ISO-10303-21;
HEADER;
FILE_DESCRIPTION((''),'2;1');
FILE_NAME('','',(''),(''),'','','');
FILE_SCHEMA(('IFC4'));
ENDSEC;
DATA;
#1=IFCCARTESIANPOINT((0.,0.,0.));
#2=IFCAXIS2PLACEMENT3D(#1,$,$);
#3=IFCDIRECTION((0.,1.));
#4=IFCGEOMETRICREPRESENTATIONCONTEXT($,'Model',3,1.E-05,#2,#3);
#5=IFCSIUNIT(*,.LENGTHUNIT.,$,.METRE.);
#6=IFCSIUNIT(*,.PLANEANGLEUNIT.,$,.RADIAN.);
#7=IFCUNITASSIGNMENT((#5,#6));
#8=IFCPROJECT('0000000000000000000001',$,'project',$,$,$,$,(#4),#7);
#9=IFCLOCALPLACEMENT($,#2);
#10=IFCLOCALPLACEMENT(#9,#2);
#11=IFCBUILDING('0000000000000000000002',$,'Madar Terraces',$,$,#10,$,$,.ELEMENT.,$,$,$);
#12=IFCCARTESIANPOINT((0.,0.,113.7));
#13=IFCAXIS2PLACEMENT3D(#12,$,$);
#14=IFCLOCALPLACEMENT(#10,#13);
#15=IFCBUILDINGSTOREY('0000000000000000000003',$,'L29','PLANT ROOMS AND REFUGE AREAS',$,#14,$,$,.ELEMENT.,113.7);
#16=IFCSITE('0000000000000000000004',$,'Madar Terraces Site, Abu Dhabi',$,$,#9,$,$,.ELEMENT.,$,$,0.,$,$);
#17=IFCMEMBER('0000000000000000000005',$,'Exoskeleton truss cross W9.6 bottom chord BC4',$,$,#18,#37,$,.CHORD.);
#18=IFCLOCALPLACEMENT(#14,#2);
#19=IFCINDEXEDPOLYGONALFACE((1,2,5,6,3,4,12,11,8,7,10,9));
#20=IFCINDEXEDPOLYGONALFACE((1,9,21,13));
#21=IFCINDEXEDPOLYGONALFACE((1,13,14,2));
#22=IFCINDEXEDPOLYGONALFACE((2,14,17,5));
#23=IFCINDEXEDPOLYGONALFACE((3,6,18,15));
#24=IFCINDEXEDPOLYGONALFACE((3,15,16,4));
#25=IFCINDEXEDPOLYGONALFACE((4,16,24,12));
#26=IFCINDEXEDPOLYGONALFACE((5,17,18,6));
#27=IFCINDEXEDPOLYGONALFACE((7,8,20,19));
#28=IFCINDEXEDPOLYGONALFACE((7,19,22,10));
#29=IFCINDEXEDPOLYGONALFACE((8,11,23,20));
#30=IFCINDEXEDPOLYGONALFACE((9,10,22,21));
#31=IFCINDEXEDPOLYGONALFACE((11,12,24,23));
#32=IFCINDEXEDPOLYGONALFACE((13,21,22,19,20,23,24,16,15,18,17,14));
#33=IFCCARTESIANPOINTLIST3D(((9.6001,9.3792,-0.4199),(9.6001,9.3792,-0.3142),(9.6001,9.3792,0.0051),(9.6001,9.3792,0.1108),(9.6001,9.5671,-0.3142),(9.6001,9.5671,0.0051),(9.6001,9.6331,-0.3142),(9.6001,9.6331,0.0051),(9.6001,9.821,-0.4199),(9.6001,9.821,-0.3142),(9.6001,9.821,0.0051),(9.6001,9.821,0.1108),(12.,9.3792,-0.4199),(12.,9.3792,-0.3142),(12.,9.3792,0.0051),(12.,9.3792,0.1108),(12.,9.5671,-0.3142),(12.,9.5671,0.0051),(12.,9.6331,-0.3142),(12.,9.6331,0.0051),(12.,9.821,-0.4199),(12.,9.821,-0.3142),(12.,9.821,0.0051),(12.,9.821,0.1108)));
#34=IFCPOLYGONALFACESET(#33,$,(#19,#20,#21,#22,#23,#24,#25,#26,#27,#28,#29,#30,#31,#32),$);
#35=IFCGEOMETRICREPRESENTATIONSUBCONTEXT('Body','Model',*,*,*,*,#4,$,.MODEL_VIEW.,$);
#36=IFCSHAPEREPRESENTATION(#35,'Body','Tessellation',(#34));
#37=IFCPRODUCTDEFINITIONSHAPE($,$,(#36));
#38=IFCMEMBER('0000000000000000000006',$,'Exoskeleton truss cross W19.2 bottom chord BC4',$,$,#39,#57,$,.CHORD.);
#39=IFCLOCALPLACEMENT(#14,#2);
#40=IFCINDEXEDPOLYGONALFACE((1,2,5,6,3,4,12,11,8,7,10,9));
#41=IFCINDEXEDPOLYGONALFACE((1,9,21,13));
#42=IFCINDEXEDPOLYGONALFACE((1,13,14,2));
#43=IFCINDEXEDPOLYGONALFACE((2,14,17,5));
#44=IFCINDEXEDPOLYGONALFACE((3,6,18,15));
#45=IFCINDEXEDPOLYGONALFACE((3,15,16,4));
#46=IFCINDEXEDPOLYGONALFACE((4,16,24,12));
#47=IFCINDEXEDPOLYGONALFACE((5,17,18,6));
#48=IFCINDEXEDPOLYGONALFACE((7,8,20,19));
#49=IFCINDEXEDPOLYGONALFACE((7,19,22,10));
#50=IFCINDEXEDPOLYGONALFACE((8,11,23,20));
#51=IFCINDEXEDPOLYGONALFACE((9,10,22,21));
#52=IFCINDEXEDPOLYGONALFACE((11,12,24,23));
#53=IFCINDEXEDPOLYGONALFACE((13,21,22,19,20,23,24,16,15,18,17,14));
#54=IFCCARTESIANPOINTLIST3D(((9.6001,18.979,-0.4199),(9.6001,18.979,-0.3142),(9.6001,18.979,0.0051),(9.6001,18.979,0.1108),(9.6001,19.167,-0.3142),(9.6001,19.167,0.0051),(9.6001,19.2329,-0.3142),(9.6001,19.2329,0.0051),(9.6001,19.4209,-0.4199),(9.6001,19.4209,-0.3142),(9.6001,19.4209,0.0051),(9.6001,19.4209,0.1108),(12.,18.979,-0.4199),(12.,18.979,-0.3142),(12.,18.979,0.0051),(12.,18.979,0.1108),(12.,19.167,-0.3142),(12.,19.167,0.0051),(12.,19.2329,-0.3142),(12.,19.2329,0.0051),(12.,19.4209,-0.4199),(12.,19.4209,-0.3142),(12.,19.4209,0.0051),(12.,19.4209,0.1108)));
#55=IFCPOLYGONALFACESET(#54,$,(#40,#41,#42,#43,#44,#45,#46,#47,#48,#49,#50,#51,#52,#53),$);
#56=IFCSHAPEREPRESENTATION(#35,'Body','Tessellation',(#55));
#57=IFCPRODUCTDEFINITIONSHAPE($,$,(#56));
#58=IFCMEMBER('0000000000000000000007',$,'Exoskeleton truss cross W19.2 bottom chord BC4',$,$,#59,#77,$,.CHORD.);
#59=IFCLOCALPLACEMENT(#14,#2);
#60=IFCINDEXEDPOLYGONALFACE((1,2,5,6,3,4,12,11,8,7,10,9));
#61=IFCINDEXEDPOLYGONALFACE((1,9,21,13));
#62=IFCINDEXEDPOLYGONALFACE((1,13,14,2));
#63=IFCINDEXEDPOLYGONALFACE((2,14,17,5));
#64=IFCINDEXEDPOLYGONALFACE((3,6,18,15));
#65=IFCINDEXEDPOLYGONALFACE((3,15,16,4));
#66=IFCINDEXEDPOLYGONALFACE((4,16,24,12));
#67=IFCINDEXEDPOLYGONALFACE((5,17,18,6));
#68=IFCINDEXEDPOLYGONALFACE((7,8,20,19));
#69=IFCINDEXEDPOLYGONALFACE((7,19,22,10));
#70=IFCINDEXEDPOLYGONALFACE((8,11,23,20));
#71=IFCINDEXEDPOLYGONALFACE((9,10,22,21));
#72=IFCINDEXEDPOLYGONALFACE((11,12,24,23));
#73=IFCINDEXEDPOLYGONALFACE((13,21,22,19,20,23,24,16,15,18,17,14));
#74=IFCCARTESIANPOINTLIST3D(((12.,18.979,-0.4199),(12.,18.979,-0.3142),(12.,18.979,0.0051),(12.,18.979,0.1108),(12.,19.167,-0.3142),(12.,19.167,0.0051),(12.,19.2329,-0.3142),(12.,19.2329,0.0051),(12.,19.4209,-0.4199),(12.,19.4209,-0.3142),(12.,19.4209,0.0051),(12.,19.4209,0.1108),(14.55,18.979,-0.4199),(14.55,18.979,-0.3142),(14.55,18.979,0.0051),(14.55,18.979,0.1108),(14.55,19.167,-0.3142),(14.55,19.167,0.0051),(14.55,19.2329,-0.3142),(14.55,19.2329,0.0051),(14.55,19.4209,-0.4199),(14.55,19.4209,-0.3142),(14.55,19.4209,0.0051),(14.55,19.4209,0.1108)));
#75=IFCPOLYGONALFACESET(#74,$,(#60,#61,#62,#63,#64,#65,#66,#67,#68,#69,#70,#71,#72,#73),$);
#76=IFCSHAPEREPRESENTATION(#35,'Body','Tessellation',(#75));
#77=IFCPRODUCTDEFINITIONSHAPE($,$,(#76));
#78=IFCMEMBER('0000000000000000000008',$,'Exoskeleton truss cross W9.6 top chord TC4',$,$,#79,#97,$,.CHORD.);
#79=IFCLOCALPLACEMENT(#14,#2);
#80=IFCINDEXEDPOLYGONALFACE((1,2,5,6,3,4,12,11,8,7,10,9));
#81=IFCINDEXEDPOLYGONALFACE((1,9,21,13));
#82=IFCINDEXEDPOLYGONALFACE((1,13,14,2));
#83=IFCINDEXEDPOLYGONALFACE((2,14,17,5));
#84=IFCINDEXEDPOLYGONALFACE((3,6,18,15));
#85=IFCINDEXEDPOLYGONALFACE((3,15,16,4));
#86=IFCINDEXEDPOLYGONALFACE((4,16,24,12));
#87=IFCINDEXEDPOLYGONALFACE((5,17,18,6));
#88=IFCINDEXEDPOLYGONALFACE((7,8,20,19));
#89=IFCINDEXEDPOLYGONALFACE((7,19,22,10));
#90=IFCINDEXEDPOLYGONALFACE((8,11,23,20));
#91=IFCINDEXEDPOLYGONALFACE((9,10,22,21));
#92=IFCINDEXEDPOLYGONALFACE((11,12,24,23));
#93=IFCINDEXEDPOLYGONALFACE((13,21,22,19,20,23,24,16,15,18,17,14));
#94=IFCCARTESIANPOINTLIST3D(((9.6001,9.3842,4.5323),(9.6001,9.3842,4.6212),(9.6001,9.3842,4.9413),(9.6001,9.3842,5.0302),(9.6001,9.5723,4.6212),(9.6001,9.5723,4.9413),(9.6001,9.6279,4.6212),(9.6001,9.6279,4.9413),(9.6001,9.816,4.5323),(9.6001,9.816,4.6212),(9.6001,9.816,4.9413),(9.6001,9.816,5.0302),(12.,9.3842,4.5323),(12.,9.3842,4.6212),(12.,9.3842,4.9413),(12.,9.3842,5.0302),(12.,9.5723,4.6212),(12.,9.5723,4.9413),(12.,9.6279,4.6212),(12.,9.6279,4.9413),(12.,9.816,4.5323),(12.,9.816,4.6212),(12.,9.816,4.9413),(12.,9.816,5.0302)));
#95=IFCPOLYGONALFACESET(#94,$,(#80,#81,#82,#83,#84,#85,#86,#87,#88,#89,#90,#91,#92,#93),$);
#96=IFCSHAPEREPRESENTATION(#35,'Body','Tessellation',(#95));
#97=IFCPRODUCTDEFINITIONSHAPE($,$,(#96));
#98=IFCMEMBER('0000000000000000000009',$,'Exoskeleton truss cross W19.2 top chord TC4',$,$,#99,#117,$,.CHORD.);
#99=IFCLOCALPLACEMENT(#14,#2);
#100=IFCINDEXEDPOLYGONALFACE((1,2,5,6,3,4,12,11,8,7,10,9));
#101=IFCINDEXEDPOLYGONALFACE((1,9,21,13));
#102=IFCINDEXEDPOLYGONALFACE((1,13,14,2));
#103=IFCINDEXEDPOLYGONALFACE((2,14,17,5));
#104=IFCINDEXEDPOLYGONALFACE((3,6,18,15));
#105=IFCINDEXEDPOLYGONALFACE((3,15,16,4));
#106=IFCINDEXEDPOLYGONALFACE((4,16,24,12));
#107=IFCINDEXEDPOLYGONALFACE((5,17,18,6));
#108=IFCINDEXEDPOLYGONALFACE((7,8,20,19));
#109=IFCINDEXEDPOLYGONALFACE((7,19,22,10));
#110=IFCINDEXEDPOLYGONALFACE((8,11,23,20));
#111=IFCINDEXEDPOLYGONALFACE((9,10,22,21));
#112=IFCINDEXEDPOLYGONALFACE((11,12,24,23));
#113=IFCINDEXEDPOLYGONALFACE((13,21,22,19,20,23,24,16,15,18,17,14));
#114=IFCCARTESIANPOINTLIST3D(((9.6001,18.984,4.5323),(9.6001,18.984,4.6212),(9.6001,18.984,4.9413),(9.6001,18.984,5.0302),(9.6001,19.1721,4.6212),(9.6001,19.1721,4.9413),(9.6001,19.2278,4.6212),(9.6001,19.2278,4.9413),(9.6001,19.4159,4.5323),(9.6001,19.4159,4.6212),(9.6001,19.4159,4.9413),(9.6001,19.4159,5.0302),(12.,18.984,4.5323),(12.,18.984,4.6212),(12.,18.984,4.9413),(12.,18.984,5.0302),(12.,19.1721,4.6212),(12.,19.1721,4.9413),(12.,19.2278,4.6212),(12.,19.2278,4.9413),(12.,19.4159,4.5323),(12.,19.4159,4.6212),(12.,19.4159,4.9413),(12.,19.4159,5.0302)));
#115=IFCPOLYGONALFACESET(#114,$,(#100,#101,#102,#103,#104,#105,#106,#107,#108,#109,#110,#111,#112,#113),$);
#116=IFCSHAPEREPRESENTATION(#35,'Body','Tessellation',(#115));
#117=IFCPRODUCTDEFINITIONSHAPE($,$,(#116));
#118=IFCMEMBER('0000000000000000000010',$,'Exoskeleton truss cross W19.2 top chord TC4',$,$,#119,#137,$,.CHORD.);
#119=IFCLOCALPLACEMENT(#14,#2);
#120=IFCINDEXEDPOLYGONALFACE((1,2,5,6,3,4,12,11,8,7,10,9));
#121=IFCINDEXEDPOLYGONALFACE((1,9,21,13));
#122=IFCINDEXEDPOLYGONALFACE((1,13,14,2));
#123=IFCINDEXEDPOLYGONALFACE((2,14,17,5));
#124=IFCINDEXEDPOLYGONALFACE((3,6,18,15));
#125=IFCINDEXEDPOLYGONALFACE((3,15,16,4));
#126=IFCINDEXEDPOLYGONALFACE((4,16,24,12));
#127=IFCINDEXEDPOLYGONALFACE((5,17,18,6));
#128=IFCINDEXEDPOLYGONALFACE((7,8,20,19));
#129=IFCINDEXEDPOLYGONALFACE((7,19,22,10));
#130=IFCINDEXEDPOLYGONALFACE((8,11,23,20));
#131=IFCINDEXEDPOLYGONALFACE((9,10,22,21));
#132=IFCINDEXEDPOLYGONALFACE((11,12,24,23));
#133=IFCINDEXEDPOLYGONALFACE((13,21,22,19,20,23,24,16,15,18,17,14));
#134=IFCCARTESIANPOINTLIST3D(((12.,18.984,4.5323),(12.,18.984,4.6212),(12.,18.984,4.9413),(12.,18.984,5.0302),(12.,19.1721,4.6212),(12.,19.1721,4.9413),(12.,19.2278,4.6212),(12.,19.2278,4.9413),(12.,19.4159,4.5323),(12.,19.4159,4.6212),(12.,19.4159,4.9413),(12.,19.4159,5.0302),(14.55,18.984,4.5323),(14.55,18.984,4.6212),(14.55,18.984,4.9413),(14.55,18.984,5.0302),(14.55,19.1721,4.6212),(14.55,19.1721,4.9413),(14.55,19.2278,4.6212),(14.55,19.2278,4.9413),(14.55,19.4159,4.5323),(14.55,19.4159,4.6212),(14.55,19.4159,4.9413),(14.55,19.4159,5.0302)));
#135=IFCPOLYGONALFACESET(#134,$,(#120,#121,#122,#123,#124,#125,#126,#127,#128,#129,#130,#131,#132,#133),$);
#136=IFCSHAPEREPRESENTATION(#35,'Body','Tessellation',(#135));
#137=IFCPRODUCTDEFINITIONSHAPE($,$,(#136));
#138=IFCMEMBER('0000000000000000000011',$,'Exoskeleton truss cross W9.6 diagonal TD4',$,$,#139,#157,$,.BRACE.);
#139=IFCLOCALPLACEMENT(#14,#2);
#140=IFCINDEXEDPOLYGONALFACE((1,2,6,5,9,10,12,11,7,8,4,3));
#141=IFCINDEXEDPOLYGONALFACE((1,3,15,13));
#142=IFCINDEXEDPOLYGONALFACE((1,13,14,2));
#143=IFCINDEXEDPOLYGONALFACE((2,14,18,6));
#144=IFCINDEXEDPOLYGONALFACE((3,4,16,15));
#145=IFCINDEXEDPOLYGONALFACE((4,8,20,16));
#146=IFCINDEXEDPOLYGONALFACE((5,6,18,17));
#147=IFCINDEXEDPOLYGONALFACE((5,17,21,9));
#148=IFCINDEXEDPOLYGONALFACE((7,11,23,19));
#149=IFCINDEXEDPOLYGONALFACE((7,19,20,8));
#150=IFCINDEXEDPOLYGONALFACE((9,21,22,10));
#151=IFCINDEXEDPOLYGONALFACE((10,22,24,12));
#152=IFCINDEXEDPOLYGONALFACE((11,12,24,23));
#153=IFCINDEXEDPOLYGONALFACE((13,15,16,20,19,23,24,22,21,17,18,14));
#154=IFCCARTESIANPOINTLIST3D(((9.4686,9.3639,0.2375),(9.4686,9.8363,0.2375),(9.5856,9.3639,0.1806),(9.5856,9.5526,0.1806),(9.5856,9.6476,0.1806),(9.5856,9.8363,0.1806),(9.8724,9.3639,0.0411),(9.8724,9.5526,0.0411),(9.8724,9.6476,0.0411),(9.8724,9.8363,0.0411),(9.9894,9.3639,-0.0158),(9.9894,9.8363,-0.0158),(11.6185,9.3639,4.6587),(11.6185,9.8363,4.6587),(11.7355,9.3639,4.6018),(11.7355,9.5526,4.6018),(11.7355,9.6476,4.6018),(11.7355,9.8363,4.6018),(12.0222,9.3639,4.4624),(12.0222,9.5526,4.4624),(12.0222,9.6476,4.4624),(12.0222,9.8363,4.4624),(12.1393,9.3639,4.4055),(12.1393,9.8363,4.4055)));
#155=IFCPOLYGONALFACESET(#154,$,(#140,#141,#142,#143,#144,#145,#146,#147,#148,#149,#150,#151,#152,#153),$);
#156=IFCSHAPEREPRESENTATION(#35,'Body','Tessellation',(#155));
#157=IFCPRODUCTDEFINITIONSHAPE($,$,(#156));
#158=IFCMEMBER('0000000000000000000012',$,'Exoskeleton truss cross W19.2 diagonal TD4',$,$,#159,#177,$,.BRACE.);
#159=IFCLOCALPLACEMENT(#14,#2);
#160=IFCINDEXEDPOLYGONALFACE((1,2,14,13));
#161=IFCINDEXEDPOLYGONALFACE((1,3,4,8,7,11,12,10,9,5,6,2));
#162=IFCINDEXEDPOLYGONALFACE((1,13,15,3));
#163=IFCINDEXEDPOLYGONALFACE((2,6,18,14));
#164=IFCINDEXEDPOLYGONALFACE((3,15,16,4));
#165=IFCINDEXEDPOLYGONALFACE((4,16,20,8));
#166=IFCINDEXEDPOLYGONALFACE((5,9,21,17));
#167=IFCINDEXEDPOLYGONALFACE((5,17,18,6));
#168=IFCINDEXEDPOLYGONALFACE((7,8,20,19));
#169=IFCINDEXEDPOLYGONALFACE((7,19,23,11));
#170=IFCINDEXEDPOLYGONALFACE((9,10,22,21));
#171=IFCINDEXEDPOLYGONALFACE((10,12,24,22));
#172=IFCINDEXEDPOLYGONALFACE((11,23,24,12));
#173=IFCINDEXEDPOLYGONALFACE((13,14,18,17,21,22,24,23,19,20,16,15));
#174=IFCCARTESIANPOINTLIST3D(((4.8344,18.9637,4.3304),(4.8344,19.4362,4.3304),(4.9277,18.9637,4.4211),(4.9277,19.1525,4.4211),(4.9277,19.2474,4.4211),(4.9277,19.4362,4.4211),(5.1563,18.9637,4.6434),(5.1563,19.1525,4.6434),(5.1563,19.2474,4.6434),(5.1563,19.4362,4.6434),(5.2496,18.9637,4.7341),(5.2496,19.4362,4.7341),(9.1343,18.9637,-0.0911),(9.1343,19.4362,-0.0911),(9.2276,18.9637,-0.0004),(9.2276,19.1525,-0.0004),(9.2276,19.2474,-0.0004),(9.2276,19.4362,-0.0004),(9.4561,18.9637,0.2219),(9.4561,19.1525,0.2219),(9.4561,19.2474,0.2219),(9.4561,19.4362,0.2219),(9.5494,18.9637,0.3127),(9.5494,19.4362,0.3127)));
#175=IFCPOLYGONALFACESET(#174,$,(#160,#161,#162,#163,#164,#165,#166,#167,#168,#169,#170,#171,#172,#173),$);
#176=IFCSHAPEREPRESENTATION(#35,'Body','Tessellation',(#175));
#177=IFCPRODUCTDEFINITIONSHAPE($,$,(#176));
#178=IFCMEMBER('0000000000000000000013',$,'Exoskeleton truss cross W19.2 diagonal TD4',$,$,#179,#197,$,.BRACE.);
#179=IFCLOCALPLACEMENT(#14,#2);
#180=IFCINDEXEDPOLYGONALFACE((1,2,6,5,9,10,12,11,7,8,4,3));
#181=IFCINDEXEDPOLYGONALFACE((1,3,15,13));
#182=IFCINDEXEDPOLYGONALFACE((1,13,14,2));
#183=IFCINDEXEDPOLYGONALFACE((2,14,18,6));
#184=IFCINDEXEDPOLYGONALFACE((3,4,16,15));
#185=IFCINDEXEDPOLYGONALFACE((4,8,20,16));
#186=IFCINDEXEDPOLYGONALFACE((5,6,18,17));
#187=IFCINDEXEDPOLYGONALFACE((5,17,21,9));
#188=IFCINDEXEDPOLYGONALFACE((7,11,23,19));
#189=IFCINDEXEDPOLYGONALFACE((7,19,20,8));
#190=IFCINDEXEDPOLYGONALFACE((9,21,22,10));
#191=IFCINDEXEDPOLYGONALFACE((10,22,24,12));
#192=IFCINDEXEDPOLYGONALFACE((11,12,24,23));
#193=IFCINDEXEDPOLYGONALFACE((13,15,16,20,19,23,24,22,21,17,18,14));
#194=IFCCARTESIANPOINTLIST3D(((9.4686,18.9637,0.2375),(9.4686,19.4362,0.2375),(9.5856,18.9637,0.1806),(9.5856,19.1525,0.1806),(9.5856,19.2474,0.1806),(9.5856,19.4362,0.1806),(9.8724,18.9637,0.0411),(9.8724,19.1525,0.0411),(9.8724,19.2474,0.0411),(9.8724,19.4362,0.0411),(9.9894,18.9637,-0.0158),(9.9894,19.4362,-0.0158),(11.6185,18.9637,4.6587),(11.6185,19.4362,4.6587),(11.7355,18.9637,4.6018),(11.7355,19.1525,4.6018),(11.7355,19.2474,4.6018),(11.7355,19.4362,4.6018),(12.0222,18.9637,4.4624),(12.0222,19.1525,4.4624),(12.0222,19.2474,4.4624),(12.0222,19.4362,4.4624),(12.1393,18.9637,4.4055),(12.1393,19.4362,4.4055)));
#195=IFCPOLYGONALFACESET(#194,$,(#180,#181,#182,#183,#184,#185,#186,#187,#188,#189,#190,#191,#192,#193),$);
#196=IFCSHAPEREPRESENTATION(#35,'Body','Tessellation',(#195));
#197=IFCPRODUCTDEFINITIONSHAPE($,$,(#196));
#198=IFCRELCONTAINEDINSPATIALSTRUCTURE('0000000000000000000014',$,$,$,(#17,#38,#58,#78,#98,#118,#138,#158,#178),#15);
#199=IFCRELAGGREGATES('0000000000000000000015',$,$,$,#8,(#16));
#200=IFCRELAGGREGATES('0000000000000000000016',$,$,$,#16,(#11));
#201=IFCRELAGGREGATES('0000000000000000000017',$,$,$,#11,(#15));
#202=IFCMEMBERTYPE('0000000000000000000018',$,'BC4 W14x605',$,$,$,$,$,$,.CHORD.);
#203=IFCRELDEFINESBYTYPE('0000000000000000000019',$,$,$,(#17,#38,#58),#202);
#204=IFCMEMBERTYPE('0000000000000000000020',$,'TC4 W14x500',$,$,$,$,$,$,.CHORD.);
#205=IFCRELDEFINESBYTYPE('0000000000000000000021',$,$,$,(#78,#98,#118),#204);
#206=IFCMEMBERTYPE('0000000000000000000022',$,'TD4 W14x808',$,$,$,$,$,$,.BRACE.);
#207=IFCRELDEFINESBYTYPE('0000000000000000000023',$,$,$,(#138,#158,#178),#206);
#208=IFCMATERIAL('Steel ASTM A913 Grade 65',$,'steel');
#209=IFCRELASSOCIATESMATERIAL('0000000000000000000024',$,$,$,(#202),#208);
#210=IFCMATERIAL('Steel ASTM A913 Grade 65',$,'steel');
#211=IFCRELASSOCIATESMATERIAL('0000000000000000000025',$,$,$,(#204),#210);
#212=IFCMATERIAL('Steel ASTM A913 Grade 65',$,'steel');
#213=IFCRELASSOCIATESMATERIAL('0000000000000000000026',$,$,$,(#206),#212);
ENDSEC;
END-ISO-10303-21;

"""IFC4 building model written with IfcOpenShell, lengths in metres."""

from ifc_helpers import new_model, si_unit, direction, frame, origin, origin_2d, place, context, subcontext, project, spatial, i_section, extrude, material, material_profile, profile_set, type_object, element, save


model = new_model("IFC4")

# Units and contexts
model_context = context("Model", 3, precision=1e-05, world=origin(), true_north=direction((0.0, 1.0)))
body_context = subcontext(model_context, "Body", "Model", "MODEL_VIEW")
ifc_project = project(units=[si_unit("LENGTHUNIT", "METRE"), si_unit("PLANEANGLEUNIT", "RADIAN")], contexts=[model_context])

# Site, building, storey
site_placement = place(None, origin())
site = spatial("IfcSite", under=ifc_project, at=site_placement, Name="Madar Terraces Site, Abu Dhabi", CompositionType="ELEMENT", RefElevation=0.0)
building_placement = place(site_placement, origin())
building = spatial("IfcBuilding", under=site, at=building_placement, Name="Madar Terraces", CompositionType="ELEMENT")
storey_placement = place(building_placement, frame((0.0, 0.0, 113.7)))
storey = spatial("IfcBuildingStorey", under=building, at=storey_placement, Name="L29", Description="PLANT ROOMS AND REFUGE AREAS", CompositionType="ELEMENT", Elevation=113.7)

# Members
ifc_material_1 = material(Name="Steel ASTM A913 Grade 65", Category="steel")
ifc_material_profile_1 = material_profile(ifc_material_1, i_section(OverallWidth=0.4419, OverallDepth=0.5308, WebThickness=0.0659, FlangeThickness=0.1057, at=origin_2d()), Name="W14x605")
ifc_profile_set_1 = profile_set([ifc_material_profile_1], Name="Steel ASTM A913 Grade 65")
member_type_1 = type_object("IfcMemberType", Name="BC4 W14x605", PredefinedType="CHORD", material=ifc_profile_set_1)
for number, where, z_axis, x_axis, name in (
    (1, (9.6001, 9.6001, -0.1545), (1.0, 0.0, 0.0), (0.0, 1.0, 0.0), "Exoskeleton truss cross W9.6 bottom chord BC4"),
    (2, (9.6001, 19.2, -0.1545), (1.0, 0.0, 0.0), (0.0, 1.0, 0.0), "Exoskeleton truss cross W19.2 bottom chord BC4"),
):
    element("IfcMember", number, at=place(storey_placement, frame(where, z_axis=z_axis, x_axis=x_axis)), inside=storey, type_object=member_type_1, Name=name, PredefinedType="CHORD", context=body_context, shape_type="SweptSolid", body=[
        extrude(i_section(OverallWidth=0.4419, OverallDepth=0.5308, WebThickness=0.0659, FlangeThickness=0.1057, at=origin_2d()), origin(), (0.0, 0.0, 1.0), 2.3999),
    ])
member_1_placement = place(storey_placement, frame((12.0, 19.2, -0.1545), z_axis=(1.0, 0.0, 0.0), x_axis=(0.0, 1.0, 0.0)))
element("IfcMember", 3, at=member_1_placement, inside=storey, type_object=member_type_1, Name="Exoskeleton truss cross W19.2 bottom chord BC4", PredefinedType="CHORD", context=body_context, shape_type="SweptSolid", body=[
    extrude(i_section(OverallWidth=0.4419, OverallDepth=0.5308, WebThickness=0.0659, FlangeThickness=0.1057, at=origin_2d()), origin(), (0.0, 0.0, 1.0), 2.55),
])
ifc_material_2 = material(Name="Steel ASTM A913 Grade 65", Category="steel")
ifc_material_profile_2 = material_profile(ifc_material_2, i_section(OverallWidth=0.4319, OverallDepth=0.4978, WebThickness=0.0557, FlangeThickness=0.0889, at=origin_2d()), Name="W14x500")
ifc_profile_set_2 = profile_set([ifc_material_profile_2], Name="Steel ASTM A913 Grade 65")
member_type_2 = type_object("IfcMemberType", Name="TC4 W14x500", PredefinedType="CHORD", material=ifc_profile_set_2)
for number, where, z_axis, x_axis, name in (
    (4, (9.6001, 9.6001, 4.7812), (1.0, 0.0, 0.0), (0.0, 1.0, 0.0), "Exoskeleton truss cross W9.6 top chord TC4"),
    (5, (9.6001, 19.2, 4.7812), (1.0, 0.0, 0.0), (0.0, 1.0, 0.0), "Exoskeleton truss cross W19.2 top chord TC4"),
):
    element("IfcMember", number, at=place(storey_placement, frame(where, z_axis=z_axis, x_axis=x_axis)), inside=storey, type_object=member_type_2, Name=name, PredefinedType="CHORD", context=body_context, shape_type="SweptSolid", body=[
        extrude(i_section(OverallWidth=0.4319, OverallDepth=0.4978, WebThickness=0.0557, FlangeThickness=0.0889, at=origin_2d()), origin(), (0.0, 0.0, 1.0), 2.3999),
    ])
member_2_placement = place(storey_placement, frame((12.0, 19.2, 4.7812), z_axis=(1.0, 0.0, 0.0), x_axis=(0.0, 1.0, 0.0)))
element("IfcMember", 6, at=member_2_placement, inside=storey, type_object=member_type_2, Name="Exoskeleton truss cross W19.2 top chord TC4", PredefinedType="CHORD", context=body_context, shape_type="SweptSolid", body=[
    extrude(i_section(OverallWidth=0.4319, OverallDepth=0.4978, WebThickness=0.0557, FlangeThickness=0.0889, at=origin_2d()), origin(), (0.0, 0.0, 1.0), 2.55),
])
ifc_material_3 = material(Name="Steel ASTM A913 Grade 65", Category="steel")
ifc_material_profile_3 = material_profile(ifc_material_3, i_section(OverallWidth=0.4724, OverallDepth=0.5791, WebThickness=0.095, FlangeThickness=0.1301, at=origin_2d()), Name="W14x808")
ifc_profile_set_3 = profile_set([ifc_material_profile_3], Name="Steel ASTM A913 Grade 65")
member_type_3 = type_object("IfcMemberType", Name="TD4 W14x808", PredefinedType="BRACE", material=ifc_profile_set_3)
member_3_placement = place(storey_placement, frame((9.729, 9.6001, 0.1108), z_axis=(0.437294, 0.0, 0.899318), x_axis=(0.0, 1.0, 0.0)))
element("IfcMember", 7, at=member_3_placement, inside=storey, type_object=member_type_3, Name="Exoskeleton truss cross W9.6 diagonal TD4", PredefinedType="BRACE", context=body_context, shape_type="SweptSolid", body=[
    extrude(i_section(OverallWidth=0.4724, OverallDepth=0.5791, WebThickness=0.095, FlangeThickness=0.1301, at=origin_2d()), origin(), (0.0, 0.0, 1.0), 4.9163),
])
member_4_placement = place(storey_placement, frame((5.042, 19.2, 4.5322), z_axis=(0.697181, 0.0, -0.716895), x_axis=(0.0, 1.0, 0.0)))
element("IfcMember", 8, at=member_4_placement, inside=storey, type_object=member_type_3, Name="Exoskeleton truss cross W19.2 diagonal TD4", PredefinedType="BRACE", context=body_context, shape_type="SweptSolid", body=[
    extrude(i_section(OverallWidth=0.4724, OverallDepth=0.5791, WebThickness=0.095, FlangeThickness=0.1301, at=origin_2d()), origin(), (0.0, 0.0, 1.0), 6.1675),
])
member_5_placement = place(storey_placement, frame((9.729, 19.2, 0.1108), z_axis=(0.437294, 0.0, 0.899318), x_axis=(0.0, 1.0, 0.0)))
element("IfcMember", 9, at=member_5_placement, inside=storey, type_object=member_type_3, Name="Exoskeleton truss cross W19.2 diagonal TD4", PredefinedType="BRACE", context=body_context, shape_type="SweptSolid", body=[
    extrude(i_section(OverallWidth=0.4724, OverallDepth=0.5791, WebThickness=0.095, FlangeThickness=0.1301, at=origin_2d()), origin(), (0.0, 0.0, 1.0), 4.9163),
])

save(model, "model.ifc")
